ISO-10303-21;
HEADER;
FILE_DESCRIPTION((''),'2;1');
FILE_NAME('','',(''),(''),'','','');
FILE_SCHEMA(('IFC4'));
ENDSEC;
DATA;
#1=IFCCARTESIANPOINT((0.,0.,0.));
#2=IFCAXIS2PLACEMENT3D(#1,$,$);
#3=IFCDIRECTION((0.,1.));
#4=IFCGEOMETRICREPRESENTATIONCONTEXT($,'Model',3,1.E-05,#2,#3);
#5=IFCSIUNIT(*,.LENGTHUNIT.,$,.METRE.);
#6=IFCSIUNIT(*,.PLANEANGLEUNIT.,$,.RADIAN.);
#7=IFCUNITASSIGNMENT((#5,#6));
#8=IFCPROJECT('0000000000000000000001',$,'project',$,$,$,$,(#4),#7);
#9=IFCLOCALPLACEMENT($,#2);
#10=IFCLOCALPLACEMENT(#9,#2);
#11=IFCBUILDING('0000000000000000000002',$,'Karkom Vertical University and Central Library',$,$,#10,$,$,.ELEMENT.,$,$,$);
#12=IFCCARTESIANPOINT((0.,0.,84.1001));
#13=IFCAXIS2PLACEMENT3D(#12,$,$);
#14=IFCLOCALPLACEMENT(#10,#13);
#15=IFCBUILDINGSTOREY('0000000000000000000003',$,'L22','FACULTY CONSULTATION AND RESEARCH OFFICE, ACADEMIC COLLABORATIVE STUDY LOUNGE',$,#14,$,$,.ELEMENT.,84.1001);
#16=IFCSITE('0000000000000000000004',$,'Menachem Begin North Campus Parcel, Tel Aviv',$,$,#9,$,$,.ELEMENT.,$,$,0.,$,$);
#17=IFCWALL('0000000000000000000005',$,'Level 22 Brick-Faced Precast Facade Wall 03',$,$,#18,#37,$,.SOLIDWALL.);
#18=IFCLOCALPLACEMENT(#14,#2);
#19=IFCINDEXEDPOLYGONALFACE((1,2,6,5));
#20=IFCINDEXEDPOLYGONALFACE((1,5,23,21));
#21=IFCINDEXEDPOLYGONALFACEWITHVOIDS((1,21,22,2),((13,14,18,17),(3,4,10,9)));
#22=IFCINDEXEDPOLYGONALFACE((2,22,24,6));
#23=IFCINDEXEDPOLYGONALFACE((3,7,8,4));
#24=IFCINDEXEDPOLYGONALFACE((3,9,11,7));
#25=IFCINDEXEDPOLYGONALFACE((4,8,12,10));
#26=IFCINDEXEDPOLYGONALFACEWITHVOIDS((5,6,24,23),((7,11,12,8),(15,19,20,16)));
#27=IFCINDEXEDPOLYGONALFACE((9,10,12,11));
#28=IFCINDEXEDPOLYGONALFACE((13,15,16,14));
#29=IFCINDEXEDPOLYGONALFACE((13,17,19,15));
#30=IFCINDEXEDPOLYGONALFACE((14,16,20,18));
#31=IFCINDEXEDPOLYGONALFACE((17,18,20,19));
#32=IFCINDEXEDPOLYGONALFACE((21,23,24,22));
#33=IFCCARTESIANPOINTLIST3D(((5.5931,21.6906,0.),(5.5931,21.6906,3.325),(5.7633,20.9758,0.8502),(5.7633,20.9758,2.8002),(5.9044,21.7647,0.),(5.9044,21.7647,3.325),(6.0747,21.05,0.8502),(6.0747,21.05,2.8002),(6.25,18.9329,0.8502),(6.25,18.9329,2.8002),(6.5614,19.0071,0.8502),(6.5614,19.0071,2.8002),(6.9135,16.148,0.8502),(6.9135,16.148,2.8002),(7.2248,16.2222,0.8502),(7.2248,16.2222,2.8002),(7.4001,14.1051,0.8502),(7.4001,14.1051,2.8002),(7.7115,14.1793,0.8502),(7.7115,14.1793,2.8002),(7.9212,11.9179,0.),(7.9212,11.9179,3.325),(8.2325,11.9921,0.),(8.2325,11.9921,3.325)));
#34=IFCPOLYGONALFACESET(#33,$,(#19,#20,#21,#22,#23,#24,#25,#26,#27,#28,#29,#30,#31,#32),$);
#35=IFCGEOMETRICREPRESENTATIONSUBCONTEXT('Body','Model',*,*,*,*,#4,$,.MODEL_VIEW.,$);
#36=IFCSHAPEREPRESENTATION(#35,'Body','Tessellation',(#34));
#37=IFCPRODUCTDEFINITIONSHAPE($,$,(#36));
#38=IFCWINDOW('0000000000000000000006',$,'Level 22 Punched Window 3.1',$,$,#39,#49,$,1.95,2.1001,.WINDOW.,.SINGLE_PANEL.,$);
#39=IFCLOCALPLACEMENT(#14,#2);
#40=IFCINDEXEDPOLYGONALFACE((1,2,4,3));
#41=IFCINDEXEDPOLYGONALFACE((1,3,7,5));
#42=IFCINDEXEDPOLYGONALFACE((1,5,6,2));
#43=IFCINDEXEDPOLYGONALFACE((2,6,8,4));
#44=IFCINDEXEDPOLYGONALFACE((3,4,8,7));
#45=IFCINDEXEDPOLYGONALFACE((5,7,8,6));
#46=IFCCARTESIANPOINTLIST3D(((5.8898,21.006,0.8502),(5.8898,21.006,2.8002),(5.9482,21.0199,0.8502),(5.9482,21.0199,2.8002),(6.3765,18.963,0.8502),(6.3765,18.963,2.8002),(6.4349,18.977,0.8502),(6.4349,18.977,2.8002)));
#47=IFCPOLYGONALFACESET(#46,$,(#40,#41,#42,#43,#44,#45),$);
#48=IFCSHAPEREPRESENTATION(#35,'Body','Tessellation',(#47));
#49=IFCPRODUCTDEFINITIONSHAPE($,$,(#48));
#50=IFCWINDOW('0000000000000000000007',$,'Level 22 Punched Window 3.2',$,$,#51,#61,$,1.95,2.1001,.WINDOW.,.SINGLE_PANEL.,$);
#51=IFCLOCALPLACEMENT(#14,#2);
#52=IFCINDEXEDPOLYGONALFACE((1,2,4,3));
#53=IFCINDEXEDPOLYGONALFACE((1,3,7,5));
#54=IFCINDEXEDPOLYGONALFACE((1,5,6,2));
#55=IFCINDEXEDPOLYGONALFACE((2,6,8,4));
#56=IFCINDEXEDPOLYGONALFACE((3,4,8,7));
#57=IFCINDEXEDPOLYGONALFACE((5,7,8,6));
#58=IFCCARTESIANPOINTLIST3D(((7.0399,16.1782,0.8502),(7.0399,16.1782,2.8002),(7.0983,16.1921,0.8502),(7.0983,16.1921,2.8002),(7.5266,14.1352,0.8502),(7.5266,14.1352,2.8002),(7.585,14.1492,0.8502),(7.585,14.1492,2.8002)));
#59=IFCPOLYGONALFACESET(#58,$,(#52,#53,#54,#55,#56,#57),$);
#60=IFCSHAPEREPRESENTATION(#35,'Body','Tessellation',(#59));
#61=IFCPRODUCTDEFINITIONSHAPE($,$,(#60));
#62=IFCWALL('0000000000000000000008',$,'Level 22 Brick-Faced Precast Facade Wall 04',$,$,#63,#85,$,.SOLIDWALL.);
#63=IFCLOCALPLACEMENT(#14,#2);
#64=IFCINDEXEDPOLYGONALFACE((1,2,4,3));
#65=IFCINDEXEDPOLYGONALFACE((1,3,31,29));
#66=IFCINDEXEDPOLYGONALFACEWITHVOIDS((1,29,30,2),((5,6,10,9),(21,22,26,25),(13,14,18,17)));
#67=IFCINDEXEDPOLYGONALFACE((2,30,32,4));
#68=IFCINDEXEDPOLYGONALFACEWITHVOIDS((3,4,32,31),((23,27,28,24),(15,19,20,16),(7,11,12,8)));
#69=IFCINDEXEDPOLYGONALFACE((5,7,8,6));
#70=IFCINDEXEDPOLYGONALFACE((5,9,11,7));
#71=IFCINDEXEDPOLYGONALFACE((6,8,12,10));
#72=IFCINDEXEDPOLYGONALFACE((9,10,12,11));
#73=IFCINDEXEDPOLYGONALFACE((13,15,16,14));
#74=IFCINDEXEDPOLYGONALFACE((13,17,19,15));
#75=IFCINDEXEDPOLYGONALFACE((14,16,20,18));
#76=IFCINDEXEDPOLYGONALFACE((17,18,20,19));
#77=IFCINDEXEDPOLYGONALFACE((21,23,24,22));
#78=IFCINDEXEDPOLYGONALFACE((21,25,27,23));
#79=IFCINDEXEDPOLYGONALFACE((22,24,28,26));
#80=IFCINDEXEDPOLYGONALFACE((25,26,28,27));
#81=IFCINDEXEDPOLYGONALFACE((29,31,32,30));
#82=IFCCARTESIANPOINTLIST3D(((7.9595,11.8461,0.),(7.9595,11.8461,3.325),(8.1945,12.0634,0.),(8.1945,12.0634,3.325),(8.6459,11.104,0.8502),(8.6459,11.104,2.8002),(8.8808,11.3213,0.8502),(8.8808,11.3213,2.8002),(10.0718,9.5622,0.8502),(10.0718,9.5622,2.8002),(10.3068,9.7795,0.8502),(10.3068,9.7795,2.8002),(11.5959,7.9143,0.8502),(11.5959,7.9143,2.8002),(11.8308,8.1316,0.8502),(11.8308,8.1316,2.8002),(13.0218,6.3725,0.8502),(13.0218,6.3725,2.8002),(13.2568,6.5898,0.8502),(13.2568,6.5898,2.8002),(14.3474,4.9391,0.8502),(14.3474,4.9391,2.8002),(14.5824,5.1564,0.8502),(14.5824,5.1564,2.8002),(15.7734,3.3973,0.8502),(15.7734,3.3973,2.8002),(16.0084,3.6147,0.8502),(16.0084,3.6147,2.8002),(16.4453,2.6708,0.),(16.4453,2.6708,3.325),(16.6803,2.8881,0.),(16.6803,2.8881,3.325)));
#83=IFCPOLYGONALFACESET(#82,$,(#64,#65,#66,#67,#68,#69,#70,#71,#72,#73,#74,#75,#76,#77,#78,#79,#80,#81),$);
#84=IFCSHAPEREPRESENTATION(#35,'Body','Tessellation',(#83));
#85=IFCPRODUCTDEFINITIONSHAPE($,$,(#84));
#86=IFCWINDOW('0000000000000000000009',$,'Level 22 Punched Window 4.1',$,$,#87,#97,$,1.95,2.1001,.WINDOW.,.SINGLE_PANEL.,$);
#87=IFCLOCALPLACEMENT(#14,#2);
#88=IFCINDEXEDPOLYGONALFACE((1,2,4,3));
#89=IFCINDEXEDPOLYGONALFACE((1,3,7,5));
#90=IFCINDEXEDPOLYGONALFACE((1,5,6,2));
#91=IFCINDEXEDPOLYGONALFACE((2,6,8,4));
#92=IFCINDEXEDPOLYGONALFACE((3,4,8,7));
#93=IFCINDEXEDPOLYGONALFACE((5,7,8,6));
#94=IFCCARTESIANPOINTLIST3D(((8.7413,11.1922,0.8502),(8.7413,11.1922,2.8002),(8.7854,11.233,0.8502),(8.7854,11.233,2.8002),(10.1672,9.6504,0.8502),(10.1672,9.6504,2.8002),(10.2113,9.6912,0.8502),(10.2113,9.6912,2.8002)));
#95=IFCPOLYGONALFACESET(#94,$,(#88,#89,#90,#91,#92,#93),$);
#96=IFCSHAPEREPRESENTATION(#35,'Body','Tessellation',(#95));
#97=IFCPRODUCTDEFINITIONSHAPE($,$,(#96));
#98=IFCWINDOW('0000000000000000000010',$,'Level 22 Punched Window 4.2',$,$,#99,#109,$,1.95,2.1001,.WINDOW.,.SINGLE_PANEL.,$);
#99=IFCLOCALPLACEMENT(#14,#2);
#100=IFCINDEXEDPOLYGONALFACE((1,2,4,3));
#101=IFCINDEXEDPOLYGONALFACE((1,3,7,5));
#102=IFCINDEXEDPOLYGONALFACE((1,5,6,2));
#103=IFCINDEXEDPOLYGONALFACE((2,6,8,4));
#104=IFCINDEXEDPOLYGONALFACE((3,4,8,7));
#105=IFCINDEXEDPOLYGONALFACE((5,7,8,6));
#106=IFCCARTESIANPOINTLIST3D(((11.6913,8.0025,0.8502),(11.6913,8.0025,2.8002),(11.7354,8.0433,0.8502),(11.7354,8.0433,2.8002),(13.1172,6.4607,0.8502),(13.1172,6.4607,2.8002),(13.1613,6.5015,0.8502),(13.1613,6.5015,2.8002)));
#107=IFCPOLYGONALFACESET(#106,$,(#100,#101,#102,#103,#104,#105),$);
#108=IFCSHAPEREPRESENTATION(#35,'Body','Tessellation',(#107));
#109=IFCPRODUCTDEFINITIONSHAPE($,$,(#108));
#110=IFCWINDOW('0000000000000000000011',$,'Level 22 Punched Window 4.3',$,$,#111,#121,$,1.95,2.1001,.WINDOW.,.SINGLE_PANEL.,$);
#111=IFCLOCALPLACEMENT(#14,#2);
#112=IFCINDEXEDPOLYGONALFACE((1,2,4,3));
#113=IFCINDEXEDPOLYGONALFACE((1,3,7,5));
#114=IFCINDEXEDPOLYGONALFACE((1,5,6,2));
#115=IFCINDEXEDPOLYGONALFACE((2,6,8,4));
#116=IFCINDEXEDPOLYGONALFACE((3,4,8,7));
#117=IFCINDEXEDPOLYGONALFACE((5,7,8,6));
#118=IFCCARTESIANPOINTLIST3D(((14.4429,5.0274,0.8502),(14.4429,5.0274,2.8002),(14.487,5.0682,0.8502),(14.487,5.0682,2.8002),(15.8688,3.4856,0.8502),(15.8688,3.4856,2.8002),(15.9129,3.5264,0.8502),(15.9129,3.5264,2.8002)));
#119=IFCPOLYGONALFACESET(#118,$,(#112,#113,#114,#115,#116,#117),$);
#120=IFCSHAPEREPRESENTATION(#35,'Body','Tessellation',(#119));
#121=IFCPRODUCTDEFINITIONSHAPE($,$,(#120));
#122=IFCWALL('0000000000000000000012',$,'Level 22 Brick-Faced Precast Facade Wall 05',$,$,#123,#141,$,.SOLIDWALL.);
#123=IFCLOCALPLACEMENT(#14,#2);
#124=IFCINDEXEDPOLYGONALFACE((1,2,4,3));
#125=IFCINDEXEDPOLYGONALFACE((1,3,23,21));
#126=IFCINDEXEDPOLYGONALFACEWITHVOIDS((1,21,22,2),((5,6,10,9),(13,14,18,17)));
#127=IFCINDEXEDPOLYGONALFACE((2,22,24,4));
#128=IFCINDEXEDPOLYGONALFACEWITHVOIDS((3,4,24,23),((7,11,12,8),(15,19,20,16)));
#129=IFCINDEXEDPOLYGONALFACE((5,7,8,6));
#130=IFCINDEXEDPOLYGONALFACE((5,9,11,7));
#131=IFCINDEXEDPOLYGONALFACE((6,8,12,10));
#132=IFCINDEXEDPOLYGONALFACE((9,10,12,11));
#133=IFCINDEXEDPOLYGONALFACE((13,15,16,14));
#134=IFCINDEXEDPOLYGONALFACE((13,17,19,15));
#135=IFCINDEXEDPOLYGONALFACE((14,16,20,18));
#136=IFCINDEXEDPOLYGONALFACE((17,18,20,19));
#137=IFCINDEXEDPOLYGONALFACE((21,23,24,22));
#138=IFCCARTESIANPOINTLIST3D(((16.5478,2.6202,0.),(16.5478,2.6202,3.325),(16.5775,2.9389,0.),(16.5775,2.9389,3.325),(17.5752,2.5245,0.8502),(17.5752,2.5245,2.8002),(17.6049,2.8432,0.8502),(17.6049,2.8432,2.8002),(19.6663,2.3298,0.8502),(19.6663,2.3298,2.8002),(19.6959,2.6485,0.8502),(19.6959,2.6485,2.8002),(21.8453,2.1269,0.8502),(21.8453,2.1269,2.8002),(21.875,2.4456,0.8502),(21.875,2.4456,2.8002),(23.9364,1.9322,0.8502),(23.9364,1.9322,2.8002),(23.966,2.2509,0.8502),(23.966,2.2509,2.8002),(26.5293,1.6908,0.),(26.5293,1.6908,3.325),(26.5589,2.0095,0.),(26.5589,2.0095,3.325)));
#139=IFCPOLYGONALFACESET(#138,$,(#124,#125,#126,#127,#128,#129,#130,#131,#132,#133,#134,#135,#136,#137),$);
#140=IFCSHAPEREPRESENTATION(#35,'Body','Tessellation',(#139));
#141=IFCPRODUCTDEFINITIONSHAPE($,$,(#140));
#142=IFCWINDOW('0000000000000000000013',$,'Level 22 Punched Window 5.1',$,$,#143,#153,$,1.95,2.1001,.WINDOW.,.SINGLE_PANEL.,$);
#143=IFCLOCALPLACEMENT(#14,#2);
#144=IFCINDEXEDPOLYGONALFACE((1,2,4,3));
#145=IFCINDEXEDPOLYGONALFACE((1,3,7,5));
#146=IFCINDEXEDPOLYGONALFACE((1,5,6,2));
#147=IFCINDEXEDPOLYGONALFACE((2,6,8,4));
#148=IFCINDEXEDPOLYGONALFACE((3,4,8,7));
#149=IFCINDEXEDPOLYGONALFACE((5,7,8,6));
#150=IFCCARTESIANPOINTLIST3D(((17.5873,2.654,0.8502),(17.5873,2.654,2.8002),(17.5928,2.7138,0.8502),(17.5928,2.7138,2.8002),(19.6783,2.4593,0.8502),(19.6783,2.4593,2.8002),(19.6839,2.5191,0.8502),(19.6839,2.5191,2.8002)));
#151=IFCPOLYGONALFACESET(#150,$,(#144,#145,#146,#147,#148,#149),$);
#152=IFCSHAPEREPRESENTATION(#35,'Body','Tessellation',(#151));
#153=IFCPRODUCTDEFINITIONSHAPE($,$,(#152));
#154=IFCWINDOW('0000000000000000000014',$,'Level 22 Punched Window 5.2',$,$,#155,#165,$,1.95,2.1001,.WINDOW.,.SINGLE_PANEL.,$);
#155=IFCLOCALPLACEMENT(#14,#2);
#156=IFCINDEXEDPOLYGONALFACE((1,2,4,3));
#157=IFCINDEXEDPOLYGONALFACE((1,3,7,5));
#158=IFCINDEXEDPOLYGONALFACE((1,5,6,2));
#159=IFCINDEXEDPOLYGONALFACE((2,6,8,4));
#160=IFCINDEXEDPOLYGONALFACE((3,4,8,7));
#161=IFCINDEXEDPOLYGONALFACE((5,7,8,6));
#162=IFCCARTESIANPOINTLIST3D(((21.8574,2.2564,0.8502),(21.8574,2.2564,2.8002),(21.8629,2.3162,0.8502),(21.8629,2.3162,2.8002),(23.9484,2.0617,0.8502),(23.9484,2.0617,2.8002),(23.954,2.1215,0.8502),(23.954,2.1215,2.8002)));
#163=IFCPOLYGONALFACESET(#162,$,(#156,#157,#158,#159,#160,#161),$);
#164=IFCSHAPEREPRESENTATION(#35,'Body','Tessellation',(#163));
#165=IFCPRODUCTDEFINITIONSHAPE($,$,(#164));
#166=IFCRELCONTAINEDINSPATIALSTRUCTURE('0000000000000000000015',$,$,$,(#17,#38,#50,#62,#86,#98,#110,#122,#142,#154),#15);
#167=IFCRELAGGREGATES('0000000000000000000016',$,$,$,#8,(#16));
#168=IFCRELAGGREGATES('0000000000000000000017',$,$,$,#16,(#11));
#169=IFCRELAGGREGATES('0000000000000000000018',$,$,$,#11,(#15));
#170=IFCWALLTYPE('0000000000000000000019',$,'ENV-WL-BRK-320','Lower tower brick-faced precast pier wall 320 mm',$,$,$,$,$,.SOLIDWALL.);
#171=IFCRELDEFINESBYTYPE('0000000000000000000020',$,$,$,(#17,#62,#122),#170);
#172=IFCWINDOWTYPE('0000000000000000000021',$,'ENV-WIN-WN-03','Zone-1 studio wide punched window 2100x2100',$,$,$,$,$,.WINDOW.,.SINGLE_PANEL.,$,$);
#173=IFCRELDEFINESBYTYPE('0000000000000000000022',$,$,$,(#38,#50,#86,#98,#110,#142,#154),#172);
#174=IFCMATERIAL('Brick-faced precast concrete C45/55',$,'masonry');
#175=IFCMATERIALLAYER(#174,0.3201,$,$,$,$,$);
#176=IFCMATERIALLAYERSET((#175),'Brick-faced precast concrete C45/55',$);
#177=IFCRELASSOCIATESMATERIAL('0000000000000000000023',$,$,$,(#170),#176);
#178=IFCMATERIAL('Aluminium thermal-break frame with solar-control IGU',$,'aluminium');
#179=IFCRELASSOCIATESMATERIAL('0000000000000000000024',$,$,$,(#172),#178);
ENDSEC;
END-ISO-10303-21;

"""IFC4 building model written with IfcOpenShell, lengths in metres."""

from ifc_helpers import new_model, si_unit, direction, frame, frame_2d, origin, origin_with_axes, place, context, subcontext, project, spatial, rectangle, extrude, source, transform, mapped, material, layer, layer_set, type_object, element, fill, save


model = new_model("IFC4")

# Units and contexts
model_context = context("Model", 3, precision=1e-05, world=origin(), true_north=direction((0.0, 1.0)))
body_context = subcontext(model_context, "Body", "Model", "MODEL_VIEW")
ifc_project = project(units=[si_unit("LENGTHUNIT", "METRE"), si_unit("PLANEANGLEUNIT", "RADIAN")], contexts=[model_context])

# Site, building, storey
site_placement = place(None, origin())
site = spatial("IfcSite", under=ifc_project, at=site_placement, Name="Menachem Begin North Campus Parcel, Tel Aviv", CompositionType="ELEMENT", RefElevation=0.0)
building_placement = place(site_placement, origin())
building = spatial("IfcBuilding", under=site, at=building_placement, Name="Karkom Vertical University and Central Library", CompositionType="ELEMENT")
storey_placement = place(building_placement, frame((0.0, 0.0, 84.1001)))
storey = spatial("IfcBuildingStorey", under=building, at=storey_placement, Name="L22", Description="FACULTY CONSULTATION AND RESEARCH OFFICE, ACADEMIC COLLABORATIVE STUDY LOUNGE", CompositionType="ELEMENT", Elevation=84.1001)

# Walls, openings, windows
ifc_material_1 = material(Name="Brick-faced precast concrete C45/55", Category="masonry")
ifc_layer_1 = layer(ifc_material_1, 0.3201)
ifc_layer_set_1 = layer_set([ifc_layer_1], Name="Brick-faced precast concrete C45/55")
wall_type_1 = type_object("IfcWallType", Name="ENV-WL-BRK-320", Description="Lower tower brick-faced precast pier wall 320 mm", PredefinedType="SOLIDWALL", material=ifc_layer_set_1)
wall_1_placement = place(storey_placement, frame((5.7488, 21.7275, 0.0), z_axis=(0.0, 0.0, 1.0), x_axis=(0.231742, -0.972777, 0.0)))
wall_1 = element("IfcWall", 1, at=wall_1_placement, inside=storey, type_object=wall_type_1, Name="Level 22 Brick-Faced Precast Facade Wall 03", PredefinedType="SOLIDWALL", context=body_context, shape_type="SweptSolid", body=[
    extrude(rectangle(XDim=10.0461, YDim=0.3201, at=frame_2d((5.0229, 0.0))), origin(), (0.0, 0.0, 1.0), 3.325),
])
opening_1_placement = place(wall_1_placement, frame((0.7346, 0.0, 0.8501)))
opening_1 = element("IfcOpeningElement", 2, at=opening_1_placement, cuts=wall_1, PredefinedType="OPENING", context=body_context, shape_type="SweptSolid", body=[
    extrude(rectangle(XDim=2.1001, YDim=1.95, at=frame_2d((1.05, 0.9751))), frame((0.0, 0.1699, 0.0), z_axis=(0.0, -1.0, 0.0), x_axis=(1.0, 0.0, 0.0)), (0.0, 0.0, 1.0), 0.3401),
])
opening_2_placement = place(wall_1_placement, frame((5.6975, 0.0, 0.8501)))
opening_2 = element("IfcOpeningElement", 3, at=opening_2_placement, cuts=wall_1, PredefinedType="OPENING", context=body_context, shape_type="SweptSolid", body=[
    extrude(rectangle(XDim=2.1001, YDim=1.95, at=frame_2d((1.05, 0.9751))), frame((0.0, 0.1699, 0.0), z_axis=(0.0, -1.0, 0.0), x_axis=(1.0, 0.0, 0.0)), (0.0, 0.0, 1.0), 0.3401),
])
ifc_material_2 = material(Name="Aluminium thermal-break frame with solar-control IGU", Category="aluminium")
window_type = type_object("IfcWindowType", Name="ENV-WIN-WN-03", Description="Zone-1 studio wide punched window 2100x2100", PartitioningType="SINGLE_PANEL", PredefinedType="WINDOW", material=ifc_material_2)
shared_shape_1 = source(origin_with_axes(), body_context, "Body", "SweptSolid", [
    extrude(rectangle(XDim=2.1001, YDim=1.95, at=frame_2d((1.05, 0.9751))), frame((0.0, 0.03, 0.0), z_axis=(0.0, -1.0, 0.0), x_axis=(1.0, 0.0, 0.0)), (0.0, 0.0, 1.0), 0.0601),
])
window_1_placement = place(opening_1_placement, origin())
window_1 = element("IfcWindow", 4, at=window_1_placement, inside=storey, type_object=window_type, Name="Level 22 Punched Window 3.1", OverallHeight=1.95, OverallWidth=2.1001, PartitioningType="SINGLE_PANEL", PredefinedType="WINDOW", context=body_context, shape_type="MappedRepresentation", body=[
    mapped(shared_shape_1, transform((0.0, 0.0, 0.0), scale=1.0)),
])
fill(opening_1, window_1)
window_2_placement = place(opening_2_placement, origin())
window_2 = element("IfcWindow", 5, at=window_2_placement, inside=storey, type_object=window_type, Name="Level 22 Punched Window 3.2", OverallHeight=1.95, OverallWidth=2.1001, PartitioningType="SINGLE_PANEL", PredefinedType="WINDOW", context=body_context, shape_type="MappedRepresentation", body=[
    mapped(shared_shape_1, transform((0.0, 0.0, 0.0), scale=1.0)),
])
fill(opening_2, window_2)
wall_2_placement = place(storey_placement, frame((8.0769, 11.9548, 0.0), z_axis=(0.0, 0.0, 1.0), x_axis=(0.678986, -0.734152, 0.0)))
wall_2 = element("IfcWall", 6, at=wall_2_placement, inside=storey, type_object=wall_type_1, Name="Level 22 Brick-Faced Precast Facade Wall 04", PredefinedType="SOLIDWALL", context=body_context, shape_type="SweptSolid", body=[
    extrude(rectangle(XDim=12.4978, YDim=0.3201, at=frame_2d((6.249, 0.0))), origin(), (0.0, 0.0, 1.0), 3.325),
])
opening_3_placement = place(wall_2_placement, frame((1.011, 0.0, 0.8501)))
opening_3 = element("IfcOpeningElement", 7, at=opening_3_placement, cuts=wall_2, PredefinedType="OPENING", context=body_context, shape_type="SweptSolid", body=[
    extrude(rectangle(XDim=2.1001, YDim=1.95, at=frame_2d((1.05, 0.9751))), frame((0.0, 0.1699, 0.0), z_axis=(0.0, -1.0, 0.0), x_axis=(1.0, 0.0, 0.0)), (0.0, 0.0, 1.0), 0.3401),
])
opening_4_placement = place(wall_2_placement, frame((5.3557, 0.0, 0.8501)))
opening_4 = element("IfcOpeningElement", 8, at=opening_4_placement, cuts=wall_2, PredefinedType="OPENING", context=body_context, shape_type="SweptSolid", body=[
    extrude(rectangle(XDim=2.1001, YDim=1.95, at=frame_2d((1.05, 0.9751))), frame((0.0, 0.1699, 0.0), z_axis=(0.0, -1.0, 0.0), x_axis=(1.0, 0.0, 0.0)), (0.0, 0.0, 1.0), 0.3401),
])
opening_5_placement = place(wall_2_placement, frame((9.4082, 0.0, 0.8501)))
opening_5 = element("IfcOpeningElement", 9, at=opening_5_placement, cuts=wall_2, PredefinedType="OPENING", context=body_context, shape_type="SweptSolid", body=[
    extrude(rectangle(XDim=2.1001, YDim=1.95, at=frame_2d((1.05, 0.9751))), frame((0.0, 0.1699, 0.0), z_axis=(0.0, -1.0, 0.0), x_axis=(1.0, 0.0, 0.0)), (0.0, 0.0, 1.0), 0.3401),
])
window_3_placement = place(opening_3_placement, origin())
window_3 = element("IfcWindow", 10, at=window_3_placement, inside=storey, type_object=window_type, Name="Level 22 Punched Window 4.1", OverallHeight=1.95, OverallWidth=2.1001, PartitioningType="SINGLE_PANEL", PredefinedType="WINDOW", context=body_context, shape_type="MappedRepresentation", body=[
    mapped(shared_shape_1, transform((0.0, 0.0, 0.0), scale=1.0)),
])
fill(opening_3, window_3)
window_4_placement = place(opening_4_placement, origin())
window_4 = element("IfcWindow", 11, at=window_4_placement, inside=storey, type_object=window_type, Name="Level 22 Punched Window 4.2", OverallHeight=1.95, OverallWidth=2.1001, PartitioningType="SINGLE_PANEL", PredefinedType="WINDOW", context=body_context, shape_type="MappedRepresentation", body=[
    mapped(shared_shape_1, transform((0.0, 0.0, 0.0), scale=1.0)),
])
fill(opening_4, window_4)
window_5_placement = place(opening_5_placement, origin())
window_5 = element("IfcWindow", 12, at=window_5_placement, inside=storey, type_object=window_type, Name="Level 22 Punched Window 4.3", OverallHeight=1.95, OverallWidth=2.1001, PartitioningType="SINGLE_PANEL", PredefinedType="WINDOW", context=body_context, shape_type="MappedRepresentation", body=[
    mapped(shared_shape_1, transform((0.0, 0.0, 0.0), scale=1.0)),
])
fill(opening_5, window_5)
wall_3_placement = place(storey_placement, frame((16.5627, 2.7795, 0.0), z_axis=(0.0, 0.0, 1.0), x_axis=(0.995693, -0.092716, 0.0)))
wall_3 = element("IfcWall", 13, at=wall_3_placement, inside=storey, type_object=wall_type_1, Name="Level 22 Brick-Faced Precast Facade Wall 05", PredefinedType="SOLIDWALL", context=body_context, shape_type="SweptSolid", body=[
    extrude(rectangle(XDim=10.0247, YDim=0.3201, at=frame_2d((5.0122, 0.0))), origin(), (0.0, 0.0, 1.0), 3.325),
])
opening_6_placement = place(wall_3_placement, frame((1.0317, 0.0, 0.8501)))
opening_6 = element("IfcOpeningElement", 14, at=opening_6_placement, cuts=wall_3, PredefinedType="OPENING", context=body_context, shape_type="SweptSolid", body=[
    extrude(rectangle(XDim=2.1001, YDim=1.95, at=frame_2d((1.05, 0.9751))), frame((0.0, 0.1699, 0.0), z_axis=(0.0, -1.0, 0.0), x_axis=(1.0, 0.0, 0.0)), (0.0, 0.0, 1.0), 0.3401),
])
opening_7_placement = place(wall_3_placement, frame((5.3203, 0.0, 0.8501)))
opening_7 = element("IfcOpeningElement", 15, at=opening_7_placement, cuts=wall_3, PredefinedType="OPENING", context=body_context, shape_type="SweptSolid", body=[
    extrude(rectangle(XDim=2.1001, YDim=1.95, at=frame_2d((1.05, 0.9751))), frame((0.0, 0.1699, 0.0), z_axis=(0.0, -1.0, 0.0), x_axis=(1.0, 0.0, 0.0)), (0.0, 0.0, 1.0), 0.3401),
])
window_6_placement = place(opening_6_placement, origin())
window_6 = element("IfcWindow", 16, at=window_6_placement, inside=storey, type_object=window_type, Name="Level 22 Punched Window 5.1", OverallHeight=1.95, OverallWidth=2.1001, PartitioningType="SINGLE_PANEL", PredefinedType="WINDOW", context=body_context, shape_type="MappedRepresentation", body=[
    mapped(shared_shape_1, transform((0.0, 0.0, 0.0), scale=1.0)),
])
fill(opening_6, window_6)
window_7_placement = place(opening_7_placement, origin())
window_7 = element("IfcWindow", 17, at=window_7_placement, inside=storey, type_object=window_type, Name="Level 22 Punched Window 5.2", OverallHeight=1.95, OverallWidth=2.1001, PartitioningType="SINGLE_PANEL", PredefinedType="WINDOW", context=body_context, shape_type="MappedRepresentation", body=[
    mapped(shared_shape_1, transform((0.0, 0.0, 0.0), scale=1.0)),
])
fill(opening_7, window_7)

save(model, "model.ifc")
